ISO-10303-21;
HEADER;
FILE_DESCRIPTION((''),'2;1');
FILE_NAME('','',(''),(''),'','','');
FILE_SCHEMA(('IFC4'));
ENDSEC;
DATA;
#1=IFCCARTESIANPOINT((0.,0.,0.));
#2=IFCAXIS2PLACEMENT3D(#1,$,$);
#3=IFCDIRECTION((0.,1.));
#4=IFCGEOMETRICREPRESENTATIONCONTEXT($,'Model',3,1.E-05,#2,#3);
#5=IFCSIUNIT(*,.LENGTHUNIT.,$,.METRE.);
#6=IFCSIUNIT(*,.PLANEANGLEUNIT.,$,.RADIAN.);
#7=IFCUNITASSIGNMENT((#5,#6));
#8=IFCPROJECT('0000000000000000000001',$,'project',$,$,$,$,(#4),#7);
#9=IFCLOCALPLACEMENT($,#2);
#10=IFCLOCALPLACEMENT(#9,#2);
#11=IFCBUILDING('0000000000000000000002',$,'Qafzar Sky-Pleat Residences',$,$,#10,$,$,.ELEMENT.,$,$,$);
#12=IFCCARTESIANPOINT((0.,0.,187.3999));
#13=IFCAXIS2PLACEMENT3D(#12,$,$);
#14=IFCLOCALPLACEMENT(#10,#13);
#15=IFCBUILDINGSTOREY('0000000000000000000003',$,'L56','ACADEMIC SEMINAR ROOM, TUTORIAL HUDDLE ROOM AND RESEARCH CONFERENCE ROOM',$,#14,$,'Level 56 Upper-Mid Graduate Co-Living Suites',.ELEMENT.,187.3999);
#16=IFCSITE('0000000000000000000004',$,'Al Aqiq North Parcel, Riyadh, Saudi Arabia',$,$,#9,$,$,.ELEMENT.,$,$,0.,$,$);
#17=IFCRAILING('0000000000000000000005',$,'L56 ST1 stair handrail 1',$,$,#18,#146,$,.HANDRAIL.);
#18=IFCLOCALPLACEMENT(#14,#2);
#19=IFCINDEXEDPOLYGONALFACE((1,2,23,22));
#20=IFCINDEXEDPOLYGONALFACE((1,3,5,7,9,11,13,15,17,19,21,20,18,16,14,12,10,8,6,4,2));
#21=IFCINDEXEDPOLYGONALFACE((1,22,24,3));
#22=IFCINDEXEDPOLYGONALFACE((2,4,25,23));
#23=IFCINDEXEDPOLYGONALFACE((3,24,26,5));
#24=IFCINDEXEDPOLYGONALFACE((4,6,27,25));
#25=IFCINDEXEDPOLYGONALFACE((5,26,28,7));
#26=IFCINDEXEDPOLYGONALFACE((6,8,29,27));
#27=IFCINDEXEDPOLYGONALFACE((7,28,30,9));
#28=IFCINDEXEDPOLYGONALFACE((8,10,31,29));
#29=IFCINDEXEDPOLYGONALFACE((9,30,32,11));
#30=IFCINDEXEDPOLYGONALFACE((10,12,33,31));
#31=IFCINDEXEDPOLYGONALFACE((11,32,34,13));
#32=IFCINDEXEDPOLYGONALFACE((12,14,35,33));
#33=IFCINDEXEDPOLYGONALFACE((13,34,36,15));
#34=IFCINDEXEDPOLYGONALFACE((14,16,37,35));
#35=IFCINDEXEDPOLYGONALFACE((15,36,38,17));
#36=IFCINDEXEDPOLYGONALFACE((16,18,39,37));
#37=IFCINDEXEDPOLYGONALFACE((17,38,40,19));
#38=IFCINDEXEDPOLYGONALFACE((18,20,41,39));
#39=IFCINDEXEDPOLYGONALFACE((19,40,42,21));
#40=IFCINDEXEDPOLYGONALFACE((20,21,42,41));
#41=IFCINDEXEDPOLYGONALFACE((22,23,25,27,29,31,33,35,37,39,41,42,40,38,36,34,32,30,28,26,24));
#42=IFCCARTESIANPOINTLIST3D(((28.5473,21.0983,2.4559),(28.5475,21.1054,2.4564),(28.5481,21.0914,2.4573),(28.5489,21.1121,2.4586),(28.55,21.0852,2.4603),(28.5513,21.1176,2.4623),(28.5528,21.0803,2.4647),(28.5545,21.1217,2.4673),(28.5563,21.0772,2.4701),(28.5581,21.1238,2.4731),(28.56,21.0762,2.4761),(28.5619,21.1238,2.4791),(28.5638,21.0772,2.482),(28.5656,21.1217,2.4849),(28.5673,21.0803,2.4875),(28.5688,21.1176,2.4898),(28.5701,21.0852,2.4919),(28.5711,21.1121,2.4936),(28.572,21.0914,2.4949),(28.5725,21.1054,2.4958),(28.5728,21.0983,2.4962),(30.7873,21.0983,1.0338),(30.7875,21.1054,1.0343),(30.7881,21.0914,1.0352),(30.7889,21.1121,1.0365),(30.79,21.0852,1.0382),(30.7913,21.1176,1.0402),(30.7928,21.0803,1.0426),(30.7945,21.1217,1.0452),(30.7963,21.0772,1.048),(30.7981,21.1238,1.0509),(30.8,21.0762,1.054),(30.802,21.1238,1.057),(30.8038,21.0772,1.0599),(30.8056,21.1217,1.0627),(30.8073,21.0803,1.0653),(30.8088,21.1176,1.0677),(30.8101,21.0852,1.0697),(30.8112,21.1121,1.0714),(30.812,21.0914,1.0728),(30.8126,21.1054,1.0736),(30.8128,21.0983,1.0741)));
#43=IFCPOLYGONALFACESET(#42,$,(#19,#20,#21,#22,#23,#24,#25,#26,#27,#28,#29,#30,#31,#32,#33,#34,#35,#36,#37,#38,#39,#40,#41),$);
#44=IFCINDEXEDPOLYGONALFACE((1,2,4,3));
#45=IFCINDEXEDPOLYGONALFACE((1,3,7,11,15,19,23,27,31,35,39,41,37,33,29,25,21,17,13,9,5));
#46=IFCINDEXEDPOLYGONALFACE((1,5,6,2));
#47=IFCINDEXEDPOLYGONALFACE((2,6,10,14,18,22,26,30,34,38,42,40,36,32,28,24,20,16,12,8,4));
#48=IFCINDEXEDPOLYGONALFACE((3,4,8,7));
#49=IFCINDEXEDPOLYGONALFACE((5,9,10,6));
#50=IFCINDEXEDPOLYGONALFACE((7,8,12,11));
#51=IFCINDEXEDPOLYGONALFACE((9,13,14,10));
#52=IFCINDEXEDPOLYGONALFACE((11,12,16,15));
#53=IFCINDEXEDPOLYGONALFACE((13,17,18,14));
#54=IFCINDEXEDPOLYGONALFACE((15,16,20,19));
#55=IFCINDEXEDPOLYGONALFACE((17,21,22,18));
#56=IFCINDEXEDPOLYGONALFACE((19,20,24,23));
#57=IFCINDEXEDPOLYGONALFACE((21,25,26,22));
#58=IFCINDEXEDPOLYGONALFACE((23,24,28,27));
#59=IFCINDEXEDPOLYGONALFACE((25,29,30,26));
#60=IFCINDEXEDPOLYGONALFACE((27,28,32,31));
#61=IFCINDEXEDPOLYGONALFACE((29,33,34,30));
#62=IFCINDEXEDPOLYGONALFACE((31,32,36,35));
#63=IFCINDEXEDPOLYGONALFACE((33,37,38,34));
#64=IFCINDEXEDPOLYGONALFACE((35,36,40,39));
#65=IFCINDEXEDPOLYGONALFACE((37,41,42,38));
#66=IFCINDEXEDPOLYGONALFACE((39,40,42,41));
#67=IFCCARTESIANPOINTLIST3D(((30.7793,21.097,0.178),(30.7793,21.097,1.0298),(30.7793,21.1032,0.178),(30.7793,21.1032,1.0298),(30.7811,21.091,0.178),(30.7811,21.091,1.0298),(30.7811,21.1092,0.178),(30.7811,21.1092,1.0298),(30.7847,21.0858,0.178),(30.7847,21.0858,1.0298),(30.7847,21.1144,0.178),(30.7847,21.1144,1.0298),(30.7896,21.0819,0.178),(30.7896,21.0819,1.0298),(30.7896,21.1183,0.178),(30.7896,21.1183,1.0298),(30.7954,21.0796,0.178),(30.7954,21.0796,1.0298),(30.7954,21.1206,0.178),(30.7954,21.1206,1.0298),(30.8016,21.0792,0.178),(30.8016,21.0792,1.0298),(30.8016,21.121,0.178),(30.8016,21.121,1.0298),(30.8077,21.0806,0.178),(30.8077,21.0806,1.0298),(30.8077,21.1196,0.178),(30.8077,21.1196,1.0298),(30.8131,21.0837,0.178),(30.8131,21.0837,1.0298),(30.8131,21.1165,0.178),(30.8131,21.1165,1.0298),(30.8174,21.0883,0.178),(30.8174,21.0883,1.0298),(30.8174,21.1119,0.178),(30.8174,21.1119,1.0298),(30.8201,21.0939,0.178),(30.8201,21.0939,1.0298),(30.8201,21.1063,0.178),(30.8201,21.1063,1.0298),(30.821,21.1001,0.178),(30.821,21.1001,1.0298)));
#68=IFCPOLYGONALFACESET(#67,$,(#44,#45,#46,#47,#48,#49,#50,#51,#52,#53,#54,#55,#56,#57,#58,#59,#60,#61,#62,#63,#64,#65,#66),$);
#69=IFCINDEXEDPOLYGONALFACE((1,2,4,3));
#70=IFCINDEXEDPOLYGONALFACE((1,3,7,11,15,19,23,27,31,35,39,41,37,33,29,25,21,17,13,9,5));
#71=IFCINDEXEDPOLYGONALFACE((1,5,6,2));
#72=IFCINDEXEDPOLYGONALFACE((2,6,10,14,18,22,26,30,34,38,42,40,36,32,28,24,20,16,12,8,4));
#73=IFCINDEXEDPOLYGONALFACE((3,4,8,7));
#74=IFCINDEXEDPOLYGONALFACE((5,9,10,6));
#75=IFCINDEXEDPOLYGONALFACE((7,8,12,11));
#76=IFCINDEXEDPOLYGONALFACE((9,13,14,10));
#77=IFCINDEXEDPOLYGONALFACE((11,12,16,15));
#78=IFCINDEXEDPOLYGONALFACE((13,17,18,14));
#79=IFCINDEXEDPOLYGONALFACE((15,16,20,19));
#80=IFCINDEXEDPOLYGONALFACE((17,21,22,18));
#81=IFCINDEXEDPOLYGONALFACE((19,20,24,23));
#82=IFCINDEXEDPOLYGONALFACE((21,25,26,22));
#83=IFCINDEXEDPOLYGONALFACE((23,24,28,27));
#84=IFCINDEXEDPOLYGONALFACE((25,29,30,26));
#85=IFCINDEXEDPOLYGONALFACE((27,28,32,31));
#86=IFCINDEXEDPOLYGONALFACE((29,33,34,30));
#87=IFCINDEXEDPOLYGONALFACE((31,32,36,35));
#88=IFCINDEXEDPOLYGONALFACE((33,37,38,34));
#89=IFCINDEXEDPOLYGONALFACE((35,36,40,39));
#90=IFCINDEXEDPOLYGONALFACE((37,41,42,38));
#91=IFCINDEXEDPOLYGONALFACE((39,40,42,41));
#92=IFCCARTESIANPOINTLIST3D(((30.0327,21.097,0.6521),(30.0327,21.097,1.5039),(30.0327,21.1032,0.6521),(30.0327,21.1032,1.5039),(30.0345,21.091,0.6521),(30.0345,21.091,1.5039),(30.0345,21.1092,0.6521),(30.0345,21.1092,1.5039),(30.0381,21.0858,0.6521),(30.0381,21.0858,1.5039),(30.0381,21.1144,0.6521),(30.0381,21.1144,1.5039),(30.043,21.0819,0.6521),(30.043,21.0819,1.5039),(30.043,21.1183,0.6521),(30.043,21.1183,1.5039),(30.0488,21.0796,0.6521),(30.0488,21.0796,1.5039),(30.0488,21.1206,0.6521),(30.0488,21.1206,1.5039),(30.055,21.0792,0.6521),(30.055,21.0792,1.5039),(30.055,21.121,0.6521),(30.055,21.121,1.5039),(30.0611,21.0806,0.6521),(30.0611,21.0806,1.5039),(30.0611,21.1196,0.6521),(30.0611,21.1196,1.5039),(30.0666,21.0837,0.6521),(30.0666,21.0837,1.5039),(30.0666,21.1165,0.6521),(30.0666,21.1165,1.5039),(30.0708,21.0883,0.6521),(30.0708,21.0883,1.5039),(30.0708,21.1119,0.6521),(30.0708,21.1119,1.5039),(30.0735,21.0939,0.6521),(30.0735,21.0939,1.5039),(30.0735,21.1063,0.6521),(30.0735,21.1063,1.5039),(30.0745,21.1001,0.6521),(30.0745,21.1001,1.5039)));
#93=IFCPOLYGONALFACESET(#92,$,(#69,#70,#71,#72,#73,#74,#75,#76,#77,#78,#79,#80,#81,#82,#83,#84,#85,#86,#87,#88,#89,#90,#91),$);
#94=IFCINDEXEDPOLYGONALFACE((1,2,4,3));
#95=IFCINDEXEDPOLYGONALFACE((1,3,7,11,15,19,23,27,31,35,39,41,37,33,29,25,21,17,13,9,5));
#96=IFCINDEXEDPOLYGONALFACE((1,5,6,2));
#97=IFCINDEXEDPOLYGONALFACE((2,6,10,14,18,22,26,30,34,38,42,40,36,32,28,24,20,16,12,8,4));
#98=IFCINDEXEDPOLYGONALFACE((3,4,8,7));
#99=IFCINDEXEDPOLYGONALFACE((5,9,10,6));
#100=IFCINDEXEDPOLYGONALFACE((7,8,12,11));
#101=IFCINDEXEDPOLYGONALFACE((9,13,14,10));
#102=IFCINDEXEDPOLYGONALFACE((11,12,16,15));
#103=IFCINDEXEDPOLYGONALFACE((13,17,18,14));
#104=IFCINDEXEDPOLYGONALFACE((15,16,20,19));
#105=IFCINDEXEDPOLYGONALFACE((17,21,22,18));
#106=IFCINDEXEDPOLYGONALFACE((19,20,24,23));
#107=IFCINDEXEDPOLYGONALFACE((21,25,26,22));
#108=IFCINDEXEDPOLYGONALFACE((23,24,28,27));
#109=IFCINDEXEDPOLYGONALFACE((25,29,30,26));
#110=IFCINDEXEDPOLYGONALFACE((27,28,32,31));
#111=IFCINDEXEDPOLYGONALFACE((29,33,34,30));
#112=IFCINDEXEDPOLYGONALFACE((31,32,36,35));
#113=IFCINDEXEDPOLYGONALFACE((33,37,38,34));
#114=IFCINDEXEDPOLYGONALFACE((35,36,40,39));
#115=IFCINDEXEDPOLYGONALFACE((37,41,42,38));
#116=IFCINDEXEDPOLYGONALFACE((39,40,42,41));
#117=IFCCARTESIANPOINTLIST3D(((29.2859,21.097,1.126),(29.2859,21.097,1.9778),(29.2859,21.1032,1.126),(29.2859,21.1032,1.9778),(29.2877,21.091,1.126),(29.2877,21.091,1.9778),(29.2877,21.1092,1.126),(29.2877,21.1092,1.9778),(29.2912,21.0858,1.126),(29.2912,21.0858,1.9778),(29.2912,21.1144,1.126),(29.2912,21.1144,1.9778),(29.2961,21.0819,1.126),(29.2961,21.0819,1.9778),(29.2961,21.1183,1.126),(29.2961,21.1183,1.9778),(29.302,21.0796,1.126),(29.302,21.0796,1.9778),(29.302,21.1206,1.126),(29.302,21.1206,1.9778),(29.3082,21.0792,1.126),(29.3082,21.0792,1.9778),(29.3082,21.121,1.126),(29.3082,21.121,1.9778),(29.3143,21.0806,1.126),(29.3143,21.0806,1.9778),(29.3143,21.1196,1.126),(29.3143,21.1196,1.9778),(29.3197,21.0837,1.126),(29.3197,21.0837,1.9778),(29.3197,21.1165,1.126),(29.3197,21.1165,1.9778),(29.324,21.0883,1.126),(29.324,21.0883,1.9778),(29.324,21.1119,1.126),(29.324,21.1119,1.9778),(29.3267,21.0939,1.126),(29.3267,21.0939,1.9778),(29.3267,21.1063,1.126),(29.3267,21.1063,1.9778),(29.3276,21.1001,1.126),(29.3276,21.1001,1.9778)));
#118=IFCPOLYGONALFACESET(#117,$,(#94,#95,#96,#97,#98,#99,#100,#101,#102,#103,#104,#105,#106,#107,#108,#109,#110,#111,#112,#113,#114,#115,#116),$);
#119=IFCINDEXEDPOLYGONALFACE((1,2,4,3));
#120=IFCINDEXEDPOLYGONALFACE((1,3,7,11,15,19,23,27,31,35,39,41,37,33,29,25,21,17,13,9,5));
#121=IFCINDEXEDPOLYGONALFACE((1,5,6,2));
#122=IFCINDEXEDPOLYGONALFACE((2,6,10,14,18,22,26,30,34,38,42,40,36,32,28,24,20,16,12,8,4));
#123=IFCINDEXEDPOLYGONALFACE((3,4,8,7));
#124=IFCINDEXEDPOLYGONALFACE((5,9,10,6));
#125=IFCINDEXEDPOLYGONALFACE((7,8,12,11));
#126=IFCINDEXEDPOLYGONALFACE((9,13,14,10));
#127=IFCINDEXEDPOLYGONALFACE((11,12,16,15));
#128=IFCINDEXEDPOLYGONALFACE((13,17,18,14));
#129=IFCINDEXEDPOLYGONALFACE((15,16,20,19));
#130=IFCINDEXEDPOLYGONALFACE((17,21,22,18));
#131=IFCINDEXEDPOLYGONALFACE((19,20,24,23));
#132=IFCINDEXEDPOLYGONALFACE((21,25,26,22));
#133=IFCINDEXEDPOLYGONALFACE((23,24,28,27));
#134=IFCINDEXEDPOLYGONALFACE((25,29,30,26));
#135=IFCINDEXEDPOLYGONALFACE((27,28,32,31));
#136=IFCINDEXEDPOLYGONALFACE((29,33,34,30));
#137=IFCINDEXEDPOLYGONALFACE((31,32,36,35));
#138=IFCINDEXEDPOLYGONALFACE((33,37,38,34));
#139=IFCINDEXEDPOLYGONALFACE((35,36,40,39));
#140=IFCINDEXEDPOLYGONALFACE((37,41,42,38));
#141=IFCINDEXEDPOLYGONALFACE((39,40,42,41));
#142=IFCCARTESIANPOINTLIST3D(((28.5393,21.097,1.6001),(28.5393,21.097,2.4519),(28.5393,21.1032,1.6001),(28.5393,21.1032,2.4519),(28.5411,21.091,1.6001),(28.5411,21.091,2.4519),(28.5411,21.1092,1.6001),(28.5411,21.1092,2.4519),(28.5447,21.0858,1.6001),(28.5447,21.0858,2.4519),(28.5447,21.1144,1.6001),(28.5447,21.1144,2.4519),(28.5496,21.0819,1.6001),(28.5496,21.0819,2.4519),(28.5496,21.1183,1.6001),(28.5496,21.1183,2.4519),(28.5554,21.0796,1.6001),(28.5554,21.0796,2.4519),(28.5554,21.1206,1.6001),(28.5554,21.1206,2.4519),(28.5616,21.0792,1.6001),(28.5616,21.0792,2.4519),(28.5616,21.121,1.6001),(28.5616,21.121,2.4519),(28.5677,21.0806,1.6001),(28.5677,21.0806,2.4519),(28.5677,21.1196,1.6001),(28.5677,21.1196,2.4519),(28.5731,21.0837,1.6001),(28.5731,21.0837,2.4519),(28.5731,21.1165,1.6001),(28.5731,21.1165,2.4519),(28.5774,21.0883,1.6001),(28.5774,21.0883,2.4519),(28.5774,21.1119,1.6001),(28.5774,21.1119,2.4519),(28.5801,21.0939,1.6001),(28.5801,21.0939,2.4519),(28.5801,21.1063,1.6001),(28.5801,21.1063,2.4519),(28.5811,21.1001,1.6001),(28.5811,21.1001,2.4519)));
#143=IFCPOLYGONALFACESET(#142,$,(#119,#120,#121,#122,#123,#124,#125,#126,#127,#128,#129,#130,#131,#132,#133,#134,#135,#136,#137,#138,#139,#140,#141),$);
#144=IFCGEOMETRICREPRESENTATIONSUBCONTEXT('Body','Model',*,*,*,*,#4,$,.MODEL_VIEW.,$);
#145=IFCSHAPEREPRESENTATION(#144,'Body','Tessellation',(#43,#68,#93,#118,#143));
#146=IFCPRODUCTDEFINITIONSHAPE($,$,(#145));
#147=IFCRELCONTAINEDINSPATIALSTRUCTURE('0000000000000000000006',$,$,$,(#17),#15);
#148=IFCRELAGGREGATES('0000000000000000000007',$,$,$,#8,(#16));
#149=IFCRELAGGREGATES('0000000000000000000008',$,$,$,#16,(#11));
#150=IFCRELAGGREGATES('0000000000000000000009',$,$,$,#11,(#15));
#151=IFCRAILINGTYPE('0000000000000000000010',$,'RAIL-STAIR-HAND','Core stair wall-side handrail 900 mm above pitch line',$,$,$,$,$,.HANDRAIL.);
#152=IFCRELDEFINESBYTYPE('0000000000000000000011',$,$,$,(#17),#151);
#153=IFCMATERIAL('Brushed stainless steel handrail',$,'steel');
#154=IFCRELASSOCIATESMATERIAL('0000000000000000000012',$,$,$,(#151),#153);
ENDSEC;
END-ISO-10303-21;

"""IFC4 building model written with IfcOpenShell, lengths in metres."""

from ifc_helpers import new_model, si_unit, direction, frame, origin, origin_2d, place, context, subcontext, project, spatial, circle, extrude, source, transform, mapped, material, type_object, element, save


model = new_model("IFC4")

# Units and contexts
model_context = context("Model", 3, precision=1e-05, world=origin(), true_north=direction((0.0, 1.0)))
body_context = subcontext(model_context, "Body", "Model", "MODEL_VIEW")
ifc_project = project(units=[si_unit("LENGTHUNIT", "METRE"), si_unit("PLANEANGLEUNIT", "RADIAN")], contexts=[model_context])

# Site, building, storey
site_placement = place(None, origin())
site = spatial("IfcSite", under=ifc_project, at=site_placement, Name="Al Aqiq North Parcel, Riyadh, Saudi Arabia", CompositionType="ELEMENT", RefElevation=0.0)
building_placement = place(site_placement, origin())
building = spatial("IfcBuilding", under=site, at=building_placement, Name="Qafzar Sky-Pleat Residences", CompositionType="ELEMENT")
storey_placement = place(building_placement, frame((0.0, 0.0, 187.3999)))
storey = spatial("IfcBuildingStorey", under=building, at=storey_placement, Name="L56", Description="ACADEMIC SEMINAR ROOM, TUTORIAL HUDDLE ROOM AND RESEARCH CONFERENCE ROOM", LongName="Level 56 Upper-Mid Graduate Co-Living Suites", CompositionType="ELEMENT", Elevation=187.3999)

# Railing
ifc_material_1 = material(Name="Brushed stainless steel handrail", Category="steel")
railing_type_1 = type_object("IfcRailingType", Name="RAIL-STAIR-HAND", Description="Core stair wall-side handrail 900 mm above pitch line", PredefinedType="HANDRAIL", material=ifc_material_1)
shared_shape_1 = source(origin(), body_context, "Body", "SweptSolid", [
    extrude(circle(Radius=0.0239, at=origin_2d()), frame((0.0, 0.0, 0.876), z_axis=(-0.844229, 0.0, 0.535982), x_axis=(0.0, -1.0, 0.0)), (0.0, 0.0, 1.0), 2.6533),
    extrude(circle(Radius=0.021, at=origin_2d()), origin(), (0.0, 0.0, 1.0), 0.8518),
    extrude(circle(Radius=0.021, at=origin_2d()), frame((-0.7466, 0.0, 0.4741)), (0.0, 0.0, 1.0), 0.8518),
    extrude(circle(Radius=0.021, at=origin_2d()), frame((-1.4934, 0.0, 0.948)), (0.0, 0.0, 1.0), 0.8518),
    extrude(circle(Radius=0.021, at=origin_2d()), frame((-2.24, 0.0, 1.4221)), (0.0, 0.0, 1.0), 0.8518),
])
railing_1_placement = place(storey_placement, frame((30.8, 21.1001, 0.178)))
element("IfcRailing", 1, at=railing_1_placement, inside=storey, type_object=railing_type_1, Name="L56 ST1 stair handrail 1", PredefinedType="HANDRAIL", context=body_context, shape_type="MappedRepresentation", body=[
    mapped(shared_shape_1, transform((0.0, 0.0, 0.0), x_axis=(1.0, 0.0, 0.0), y_axis=(0.0, 1.0, 0.0), z_axis=(0.0, 0.0, 1.0), scale=1.0)),
])

save(model, "model.ifc")
